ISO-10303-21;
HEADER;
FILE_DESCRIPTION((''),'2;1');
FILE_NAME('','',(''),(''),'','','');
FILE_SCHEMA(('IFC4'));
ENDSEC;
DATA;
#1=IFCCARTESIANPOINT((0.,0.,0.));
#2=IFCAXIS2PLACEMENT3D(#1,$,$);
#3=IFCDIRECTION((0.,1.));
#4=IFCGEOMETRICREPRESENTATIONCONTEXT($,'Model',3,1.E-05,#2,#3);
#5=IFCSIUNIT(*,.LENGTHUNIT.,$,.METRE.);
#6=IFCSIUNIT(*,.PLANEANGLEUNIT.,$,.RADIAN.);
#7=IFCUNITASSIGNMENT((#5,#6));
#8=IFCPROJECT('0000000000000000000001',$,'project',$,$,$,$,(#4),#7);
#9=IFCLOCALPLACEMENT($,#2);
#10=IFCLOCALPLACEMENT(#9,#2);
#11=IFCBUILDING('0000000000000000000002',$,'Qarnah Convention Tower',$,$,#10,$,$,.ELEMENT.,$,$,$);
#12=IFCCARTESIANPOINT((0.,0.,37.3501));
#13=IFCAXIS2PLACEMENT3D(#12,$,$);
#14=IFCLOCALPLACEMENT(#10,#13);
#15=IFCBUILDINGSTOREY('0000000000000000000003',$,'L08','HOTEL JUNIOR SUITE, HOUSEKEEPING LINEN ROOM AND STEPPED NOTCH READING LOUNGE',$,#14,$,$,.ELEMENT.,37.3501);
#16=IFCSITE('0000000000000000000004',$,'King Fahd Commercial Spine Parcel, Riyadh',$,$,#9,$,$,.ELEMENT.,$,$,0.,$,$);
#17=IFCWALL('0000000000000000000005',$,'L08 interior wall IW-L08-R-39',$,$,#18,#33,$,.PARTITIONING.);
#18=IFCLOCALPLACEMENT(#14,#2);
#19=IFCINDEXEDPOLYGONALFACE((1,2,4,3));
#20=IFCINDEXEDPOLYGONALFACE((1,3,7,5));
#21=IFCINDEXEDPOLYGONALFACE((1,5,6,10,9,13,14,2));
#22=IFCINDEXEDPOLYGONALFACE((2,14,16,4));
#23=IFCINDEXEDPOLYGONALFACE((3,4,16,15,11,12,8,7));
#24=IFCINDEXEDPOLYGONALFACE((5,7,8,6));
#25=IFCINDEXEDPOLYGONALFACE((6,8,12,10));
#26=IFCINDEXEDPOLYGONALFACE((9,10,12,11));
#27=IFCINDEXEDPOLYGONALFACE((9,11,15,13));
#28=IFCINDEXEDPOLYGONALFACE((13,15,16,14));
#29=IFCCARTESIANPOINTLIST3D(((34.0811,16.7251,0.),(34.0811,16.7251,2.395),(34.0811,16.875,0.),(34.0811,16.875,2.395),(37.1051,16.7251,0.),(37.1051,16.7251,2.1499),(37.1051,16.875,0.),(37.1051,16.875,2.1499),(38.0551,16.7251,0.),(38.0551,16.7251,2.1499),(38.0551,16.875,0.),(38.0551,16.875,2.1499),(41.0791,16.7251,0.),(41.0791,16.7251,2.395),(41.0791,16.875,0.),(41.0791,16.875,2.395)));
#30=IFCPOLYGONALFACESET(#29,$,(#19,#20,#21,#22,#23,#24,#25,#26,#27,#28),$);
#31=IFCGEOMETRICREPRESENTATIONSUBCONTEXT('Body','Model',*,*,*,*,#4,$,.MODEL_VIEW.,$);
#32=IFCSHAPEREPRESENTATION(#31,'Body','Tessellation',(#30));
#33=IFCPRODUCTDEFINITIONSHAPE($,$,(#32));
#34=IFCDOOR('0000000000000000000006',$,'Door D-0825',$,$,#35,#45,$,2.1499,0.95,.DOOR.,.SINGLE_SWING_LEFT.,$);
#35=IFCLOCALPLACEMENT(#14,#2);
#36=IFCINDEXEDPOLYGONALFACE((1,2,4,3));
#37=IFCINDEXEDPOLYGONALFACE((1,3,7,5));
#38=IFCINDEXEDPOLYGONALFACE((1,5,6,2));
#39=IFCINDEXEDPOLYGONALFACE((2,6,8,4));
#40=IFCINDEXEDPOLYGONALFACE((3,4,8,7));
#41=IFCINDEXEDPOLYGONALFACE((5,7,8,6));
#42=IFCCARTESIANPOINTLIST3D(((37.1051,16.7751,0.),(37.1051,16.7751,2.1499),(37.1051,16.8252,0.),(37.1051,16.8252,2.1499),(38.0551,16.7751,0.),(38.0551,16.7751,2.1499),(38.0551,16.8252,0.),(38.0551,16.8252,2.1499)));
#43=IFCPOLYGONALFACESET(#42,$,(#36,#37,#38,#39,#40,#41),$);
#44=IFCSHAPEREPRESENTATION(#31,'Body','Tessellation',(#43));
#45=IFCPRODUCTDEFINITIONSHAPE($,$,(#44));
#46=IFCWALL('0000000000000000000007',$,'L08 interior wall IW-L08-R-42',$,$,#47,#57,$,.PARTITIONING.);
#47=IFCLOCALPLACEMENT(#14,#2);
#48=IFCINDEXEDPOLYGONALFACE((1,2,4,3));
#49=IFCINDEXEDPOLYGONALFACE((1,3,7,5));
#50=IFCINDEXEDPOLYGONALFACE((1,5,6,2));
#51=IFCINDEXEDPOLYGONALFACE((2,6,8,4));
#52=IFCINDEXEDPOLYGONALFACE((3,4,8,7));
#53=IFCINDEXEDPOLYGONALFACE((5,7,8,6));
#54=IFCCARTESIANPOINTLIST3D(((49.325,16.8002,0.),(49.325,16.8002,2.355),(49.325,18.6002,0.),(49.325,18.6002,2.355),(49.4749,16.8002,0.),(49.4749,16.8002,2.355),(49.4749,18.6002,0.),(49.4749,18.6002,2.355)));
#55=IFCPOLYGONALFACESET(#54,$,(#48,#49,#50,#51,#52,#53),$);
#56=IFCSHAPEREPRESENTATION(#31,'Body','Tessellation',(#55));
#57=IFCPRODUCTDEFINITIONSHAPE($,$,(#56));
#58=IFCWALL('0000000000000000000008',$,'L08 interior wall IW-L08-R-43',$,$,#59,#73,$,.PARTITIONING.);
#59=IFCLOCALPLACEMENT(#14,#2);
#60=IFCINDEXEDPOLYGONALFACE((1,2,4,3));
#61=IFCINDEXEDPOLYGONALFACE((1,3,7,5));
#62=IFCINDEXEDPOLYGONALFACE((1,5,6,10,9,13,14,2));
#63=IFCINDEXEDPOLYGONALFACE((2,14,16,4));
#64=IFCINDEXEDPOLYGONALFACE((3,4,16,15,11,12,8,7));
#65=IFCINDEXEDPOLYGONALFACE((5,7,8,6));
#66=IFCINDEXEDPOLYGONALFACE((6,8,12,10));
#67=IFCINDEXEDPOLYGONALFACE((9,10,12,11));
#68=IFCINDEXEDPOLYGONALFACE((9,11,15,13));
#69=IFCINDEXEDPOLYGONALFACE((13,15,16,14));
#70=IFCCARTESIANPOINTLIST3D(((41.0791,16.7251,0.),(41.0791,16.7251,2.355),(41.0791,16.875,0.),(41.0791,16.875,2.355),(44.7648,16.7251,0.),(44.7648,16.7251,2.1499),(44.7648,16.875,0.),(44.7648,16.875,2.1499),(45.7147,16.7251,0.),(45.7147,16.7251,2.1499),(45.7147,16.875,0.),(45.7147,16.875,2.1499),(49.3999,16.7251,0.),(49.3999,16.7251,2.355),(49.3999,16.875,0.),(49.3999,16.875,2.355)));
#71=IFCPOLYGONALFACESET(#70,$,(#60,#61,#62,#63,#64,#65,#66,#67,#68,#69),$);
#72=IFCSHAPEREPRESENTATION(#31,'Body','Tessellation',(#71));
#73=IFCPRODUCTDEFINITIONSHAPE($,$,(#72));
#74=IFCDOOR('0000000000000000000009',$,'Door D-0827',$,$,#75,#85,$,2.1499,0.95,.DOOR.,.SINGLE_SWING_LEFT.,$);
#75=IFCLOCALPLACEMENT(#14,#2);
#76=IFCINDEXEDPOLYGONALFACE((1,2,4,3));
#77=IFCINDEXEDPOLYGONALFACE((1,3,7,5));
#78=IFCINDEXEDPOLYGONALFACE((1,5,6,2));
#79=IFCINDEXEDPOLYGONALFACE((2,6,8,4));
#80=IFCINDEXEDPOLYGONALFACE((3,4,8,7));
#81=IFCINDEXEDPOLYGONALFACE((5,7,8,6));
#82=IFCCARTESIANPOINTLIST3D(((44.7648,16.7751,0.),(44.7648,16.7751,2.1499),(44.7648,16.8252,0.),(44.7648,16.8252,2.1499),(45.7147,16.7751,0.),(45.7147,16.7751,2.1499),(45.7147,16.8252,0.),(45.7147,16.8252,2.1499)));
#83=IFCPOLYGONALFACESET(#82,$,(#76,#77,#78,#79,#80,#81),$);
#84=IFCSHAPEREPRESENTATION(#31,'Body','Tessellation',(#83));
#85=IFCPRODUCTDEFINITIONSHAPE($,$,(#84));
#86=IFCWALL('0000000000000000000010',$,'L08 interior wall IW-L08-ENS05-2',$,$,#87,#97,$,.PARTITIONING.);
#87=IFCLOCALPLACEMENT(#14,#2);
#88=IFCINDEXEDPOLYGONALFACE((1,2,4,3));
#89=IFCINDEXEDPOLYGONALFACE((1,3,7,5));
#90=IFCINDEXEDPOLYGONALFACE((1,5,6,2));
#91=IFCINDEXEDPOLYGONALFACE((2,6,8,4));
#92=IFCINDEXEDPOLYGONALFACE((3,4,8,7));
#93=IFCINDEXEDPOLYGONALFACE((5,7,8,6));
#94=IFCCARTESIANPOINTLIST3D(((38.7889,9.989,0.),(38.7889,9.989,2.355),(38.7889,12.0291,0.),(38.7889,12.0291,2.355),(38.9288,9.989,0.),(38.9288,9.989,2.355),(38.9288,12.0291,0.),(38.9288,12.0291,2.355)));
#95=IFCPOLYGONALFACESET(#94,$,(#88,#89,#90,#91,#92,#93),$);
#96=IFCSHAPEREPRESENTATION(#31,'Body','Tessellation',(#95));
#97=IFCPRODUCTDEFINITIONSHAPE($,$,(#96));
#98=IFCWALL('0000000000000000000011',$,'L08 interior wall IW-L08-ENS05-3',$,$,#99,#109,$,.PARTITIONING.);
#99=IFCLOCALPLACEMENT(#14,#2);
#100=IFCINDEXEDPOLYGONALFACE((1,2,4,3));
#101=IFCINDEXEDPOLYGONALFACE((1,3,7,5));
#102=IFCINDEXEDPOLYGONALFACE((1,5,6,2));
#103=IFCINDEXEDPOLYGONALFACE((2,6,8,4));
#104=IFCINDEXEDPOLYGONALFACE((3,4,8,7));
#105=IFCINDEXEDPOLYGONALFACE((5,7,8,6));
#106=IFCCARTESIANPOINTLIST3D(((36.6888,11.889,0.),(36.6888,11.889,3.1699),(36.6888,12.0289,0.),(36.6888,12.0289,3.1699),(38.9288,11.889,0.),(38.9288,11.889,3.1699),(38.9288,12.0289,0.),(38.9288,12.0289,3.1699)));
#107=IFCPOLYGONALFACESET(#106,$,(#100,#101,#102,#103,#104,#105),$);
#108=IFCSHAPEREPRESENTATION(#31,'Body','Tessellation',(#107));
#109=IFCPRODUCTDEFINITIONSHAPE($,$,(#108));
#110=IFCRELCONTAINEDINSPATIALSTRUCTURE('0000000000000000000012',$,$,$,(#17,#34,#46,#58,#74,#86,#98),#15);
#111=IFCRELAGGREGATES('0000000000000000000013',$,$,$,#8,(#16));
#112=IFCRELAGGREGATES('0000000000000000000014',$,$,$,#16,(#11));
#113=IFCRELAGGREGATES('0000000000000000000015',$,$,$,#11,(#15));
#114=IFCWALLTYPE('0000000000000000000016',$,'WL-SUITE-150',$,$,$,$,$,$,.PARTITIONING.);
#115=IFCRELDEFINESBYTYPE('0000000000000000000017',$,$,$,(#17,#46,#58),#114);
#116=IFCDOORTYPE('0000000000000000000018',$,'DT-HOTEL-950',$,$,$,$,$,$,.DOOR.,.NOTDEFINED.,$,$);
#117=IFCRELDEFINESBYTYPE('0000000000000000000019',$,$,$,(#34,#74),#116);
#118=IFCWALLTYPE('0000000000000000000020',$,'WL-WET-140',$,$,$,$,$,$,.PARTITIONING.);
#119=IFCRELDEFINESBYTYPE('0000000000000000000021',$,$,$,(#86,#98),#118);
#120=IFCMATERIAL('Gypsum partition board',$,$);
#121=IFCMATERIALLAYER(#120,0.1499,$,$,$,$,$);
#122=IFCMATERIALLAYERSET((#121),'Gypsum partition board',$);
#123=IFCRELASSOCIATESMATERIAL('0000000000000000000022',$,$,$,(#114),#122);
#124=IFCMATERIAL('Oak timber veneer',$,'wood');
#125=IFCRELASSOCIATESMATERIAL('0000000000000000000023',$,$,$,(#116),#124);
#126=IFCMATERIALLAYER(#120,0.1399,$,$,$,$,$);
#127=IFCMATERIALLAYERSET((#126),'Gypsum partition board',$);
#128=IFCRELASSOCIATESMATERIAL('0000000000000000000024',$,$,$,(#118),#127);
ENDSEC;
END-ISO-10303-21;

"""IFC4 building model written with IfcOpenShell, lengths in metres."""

from ifc_helpers import new_model, si_unit, direction, frame, frame_2d, origin, place, context, subcontext, project, spatial, rectangle, extrude, material, layer, layer_set, type_object, element, fill, save


model = new_model("IFC4")

# Units and contexts
model_context = context("Model", 3, precision=1e-05, world=origin(), true_north=direction((0.0, 1.0)))
body_context = subcontext(model_context, "Body", "Model", "MODEL_VIEW")
ifc_project = project(units=[si_unit("LENGTHUNIT", "METRE"), si_unit("PLANEANGLEUNIT", "RADIAN")], contexts=[model_context])

# Site, building, storey
site_placement = place(None, origin())
site = spatial("IfcSite", under=ifc_project, at=site_placement, Name="King Fahd Commercial Spine Parcel, Riyadh", CompositionType="ELEMENT", RefElevation=0.0)
building_placement = place(site_placement, origin())
building = spatial("IfcBuilding", under=site, at=building_placement, Name="Qarnah Convention Tower", CompositionType="ELEMENT")
storey_placement = place(building_placement, frame((0.0, 0.0, 37.3501)))
storey = spatial("IfcBuildingStorey", under=building, at=storey_placement, Name="L08", Description="HOTEL JUNIOR SUITE, HOUSEKEEPING LINEN ROOM AND STEPPED NOTCH READING LOUNGE", CompositionType="ELEMENT", Elevation=37.3501)

# Shared definitions
ifc_material_1 = material(Name="Gypsum partition board")
ifc_layer_1 = layer(ifc_material_1, 0.1499)
ifc_layer_set_1 = layer_set([ifc_layer_1], Name="Gypsum partition board")
wall_type_1 = type_object("IfcWallType", Name="WL-SUITE-150", PredefinedType="PARTITIONING", material=ifc_layer_set_1)

# Wall, opening, door
wall_1_placement = place(storey_placement, frame((41.0791, 16.8, 0.0), z_axis=(0.0, 0.0, 1.0), x_axis=(-1.0, 0.0, 0.0)))
wall_1 = element("IfcWall", 1, at=wall_1_placement, inside=storey, type_object=wall_type_1, Name="L08 interior wall IW-L08-R-39", PredefinedType="PARTITIONING", context=body_context, shape_type="SweptSolid", body=[
    extrude(rectangle(XDim=6.998, YDim=0.1499, at=frame_2d((3.499, 0.0))), origin(), (0.0, 0.0, 1.0), 2.395),
])
opening_1_placement = place(wall_1_placement, frame((3.0239, 0.0, 0.0)))
opening_1 = element("IfcOpeningElement", 2, at=opening_1_placement, cuts=wall_1, PredefinedType="OPENING", context=body_context, shape_type="SweptSolid", body=[
    extrude(rectangle(XDim=0.95, YDim=2.1499, at=frame_2d((0.4751, 1.075))), frame((0.0, 0.085, 0.0), z_axis=(0.0, -1.0, 0.0), x_axis=(1.0, 0.0, 0.0)), (0.0, 0.0, 1.0), 0.1699),
])
ifc_material_2 = material(Name="Oak timber veneer", Category="wood")
door_type_1 = type_object("IfcDoorType", Name="DT-HOTEL-950", OperationType="NOTDEFINED", PredefinedType="DOOR", material=ifc_material_2)
door_1_placement = place(opening_1_placement, origin())
door_1 = element("IfcDoor", 3, at=door_1_placement, inside=storey, type_object=door_type_1, Name="Door D-0825", OperationType="SINGLE_SWING_LEFT", OverallHeight=2.1499, OverallWidth=0.95, PredefinedType="DOOR", context=body_context, shape_type="SweptSolid", body=[
    extrude(rectangle(XDim=0.95, YDim=2.1499, at=frame_2d((0.4751, 1.075))), frame((0.0, 0.0249, 0.0), z_axis=(0.0, -1.0, 0.0), x_axis=(1.0, 0.0, 0.0)), (0.0, 0.0, 1.0), 0.05),
])
fill(opening_1, door_1)

# Wall
wall_2_placement = place(storey_placement, frame((49.3999, 18.6001, 0.0), z_axis=(0.0, 0.0, 1.0), x_axis=(0.0, -1.0, 0.0)))
element("IfcWall", 4, at=wall_2_placement, inside=storey, type_object=wall_type_1, Name="L08 interior wall IW-L08-R-42", PredefinedType="PARTITIONING", context=body_context, shape_type="SweptSolid", body=[
    extrude(rectangle(XDim=1.8, YDim=0.1499, at=frame_2d((0.8999, 0.0))), origin(), (0.0, 0.0, 1.0), 2.355),
])

# Wall, opening, door
wall_3_placement = place(storey_placement, frame((49.3999, 16.8, 0.0), z_axis=(0.0, 0.0, 1.0), x_axis=(-1.0, 0.0, 0.0)))
wall_3 = element("IfcWall", 5, at=wall_3_placement, inside=storey, type_object=wall_type_1, Name="L08 interior wall IW-L08-R-43", PredefinedType="PARTITIONING", context=body_context, shape_type="SweptSolid", body=[
    extrude(rectangle(XDim=8.3208, YDim=0.1499, at=frame_2d((4.1604, 0.0))), origin(), (0.0, 0.0, 1.0), 2.355),
])
opening_2_placement = place(wall_3_placement, frame((3.6851, 0.0, 0.0)))
opening_2 = element("IfcOpeningElement", 6, at=opening_2_placement, cuts=wall_3, PredefinedType="OPENING", context=body_context, shape_type="SweptSolid", body=[
    extrude(rectangle(XDim=0.95, YDim=2.1499, at=frame_2d((0.4751, 1.075))), frame((0.0, 0.085, 0.0), z_axis=(0.0, -1.0, 0.0), x_axis=(1.0, 0.0, 0.0)), (0.0, 0.0, 1.0), 0.1699),
])
door_2_placement = place(opening_2_placement, origin())
door_2 = element("IfcDoor", 7, at=door_2_placement, inside=storey, type_object=door_type_1, Name="Door D-0827", OperationType="SINGLE_SWING_LEFT", OverallHeight=2.1499, OverallWidth=0.95, PredefinedType="DOOR", context=body_context, shape_type="SweptSolid", body=[
    extrude(rectangle(XDim=0.95, YDim=2.1499, at=frame_2d((0.4751, 1.075))), frame((0.0, 0.0249, 0.0), z_axis=(0.0, -1.0, 0.0), x_axis=(1.0, 0.0, 0.0)), (0.0, 0.0, 1.0), 0.05),
])
fill(opening_2, door_2)

# Walls
ifc_layer_2 = layer(ifc_material_1, 0.1399)
ifc_layer_set_2 = layer_set([ifc_layer_2], Name="Gypsum partition board")
wall_type_2 = type_object("IfcWallType", Name="WL-WET-140", PredefinedType="PARTITIONING", material=ifc_layer_set_2)
wall_4_placement = place(storey_placement, frame((38.8589, 9.989, 0.0), z_axis=(0.0, 0.0, 1.0), x_axis=(0.0, 1.0, 0.0)))
element("IfcWall", 8, at=wall_4_placement, inside=storey, type_object=wall_type_2, Name="L08 interior wall IW-L08-ENS05-2", PredefinedType="PARTITIONING", context=body_context, shape_type="SweptSolid", body=[
    extrude(rectangle(XDim=2.04, YDim=0.1399, at=frame_2d((1.02, 0.0))), origin(), (0.0, 0.0, 1.0), 2.355),
])
wall_5_placement = place(storey_placement, frame((38.929, 11.959, 0.0), z_axis=(0.0, 0.0, 1.0), x_axis=(-1.0, 0.0, 0.0)))
element("IfcWall", 9, at=wall_5_placement, inside=storey, type_object=wall_type_2, Name="L08 interior wall IW-L08-ENS05-3", PredefinedType="PARTITIONING", context=body_context, shape_type="SweptSolid", body=[
    extrude(rectangle(XDim=2.24, YDim=0.1399, at=frame_2d((1.1201, 0.0))), origin(), (0.0, 0.0, 1.0), 3.1699),
])

save(model, "model.ifc")
